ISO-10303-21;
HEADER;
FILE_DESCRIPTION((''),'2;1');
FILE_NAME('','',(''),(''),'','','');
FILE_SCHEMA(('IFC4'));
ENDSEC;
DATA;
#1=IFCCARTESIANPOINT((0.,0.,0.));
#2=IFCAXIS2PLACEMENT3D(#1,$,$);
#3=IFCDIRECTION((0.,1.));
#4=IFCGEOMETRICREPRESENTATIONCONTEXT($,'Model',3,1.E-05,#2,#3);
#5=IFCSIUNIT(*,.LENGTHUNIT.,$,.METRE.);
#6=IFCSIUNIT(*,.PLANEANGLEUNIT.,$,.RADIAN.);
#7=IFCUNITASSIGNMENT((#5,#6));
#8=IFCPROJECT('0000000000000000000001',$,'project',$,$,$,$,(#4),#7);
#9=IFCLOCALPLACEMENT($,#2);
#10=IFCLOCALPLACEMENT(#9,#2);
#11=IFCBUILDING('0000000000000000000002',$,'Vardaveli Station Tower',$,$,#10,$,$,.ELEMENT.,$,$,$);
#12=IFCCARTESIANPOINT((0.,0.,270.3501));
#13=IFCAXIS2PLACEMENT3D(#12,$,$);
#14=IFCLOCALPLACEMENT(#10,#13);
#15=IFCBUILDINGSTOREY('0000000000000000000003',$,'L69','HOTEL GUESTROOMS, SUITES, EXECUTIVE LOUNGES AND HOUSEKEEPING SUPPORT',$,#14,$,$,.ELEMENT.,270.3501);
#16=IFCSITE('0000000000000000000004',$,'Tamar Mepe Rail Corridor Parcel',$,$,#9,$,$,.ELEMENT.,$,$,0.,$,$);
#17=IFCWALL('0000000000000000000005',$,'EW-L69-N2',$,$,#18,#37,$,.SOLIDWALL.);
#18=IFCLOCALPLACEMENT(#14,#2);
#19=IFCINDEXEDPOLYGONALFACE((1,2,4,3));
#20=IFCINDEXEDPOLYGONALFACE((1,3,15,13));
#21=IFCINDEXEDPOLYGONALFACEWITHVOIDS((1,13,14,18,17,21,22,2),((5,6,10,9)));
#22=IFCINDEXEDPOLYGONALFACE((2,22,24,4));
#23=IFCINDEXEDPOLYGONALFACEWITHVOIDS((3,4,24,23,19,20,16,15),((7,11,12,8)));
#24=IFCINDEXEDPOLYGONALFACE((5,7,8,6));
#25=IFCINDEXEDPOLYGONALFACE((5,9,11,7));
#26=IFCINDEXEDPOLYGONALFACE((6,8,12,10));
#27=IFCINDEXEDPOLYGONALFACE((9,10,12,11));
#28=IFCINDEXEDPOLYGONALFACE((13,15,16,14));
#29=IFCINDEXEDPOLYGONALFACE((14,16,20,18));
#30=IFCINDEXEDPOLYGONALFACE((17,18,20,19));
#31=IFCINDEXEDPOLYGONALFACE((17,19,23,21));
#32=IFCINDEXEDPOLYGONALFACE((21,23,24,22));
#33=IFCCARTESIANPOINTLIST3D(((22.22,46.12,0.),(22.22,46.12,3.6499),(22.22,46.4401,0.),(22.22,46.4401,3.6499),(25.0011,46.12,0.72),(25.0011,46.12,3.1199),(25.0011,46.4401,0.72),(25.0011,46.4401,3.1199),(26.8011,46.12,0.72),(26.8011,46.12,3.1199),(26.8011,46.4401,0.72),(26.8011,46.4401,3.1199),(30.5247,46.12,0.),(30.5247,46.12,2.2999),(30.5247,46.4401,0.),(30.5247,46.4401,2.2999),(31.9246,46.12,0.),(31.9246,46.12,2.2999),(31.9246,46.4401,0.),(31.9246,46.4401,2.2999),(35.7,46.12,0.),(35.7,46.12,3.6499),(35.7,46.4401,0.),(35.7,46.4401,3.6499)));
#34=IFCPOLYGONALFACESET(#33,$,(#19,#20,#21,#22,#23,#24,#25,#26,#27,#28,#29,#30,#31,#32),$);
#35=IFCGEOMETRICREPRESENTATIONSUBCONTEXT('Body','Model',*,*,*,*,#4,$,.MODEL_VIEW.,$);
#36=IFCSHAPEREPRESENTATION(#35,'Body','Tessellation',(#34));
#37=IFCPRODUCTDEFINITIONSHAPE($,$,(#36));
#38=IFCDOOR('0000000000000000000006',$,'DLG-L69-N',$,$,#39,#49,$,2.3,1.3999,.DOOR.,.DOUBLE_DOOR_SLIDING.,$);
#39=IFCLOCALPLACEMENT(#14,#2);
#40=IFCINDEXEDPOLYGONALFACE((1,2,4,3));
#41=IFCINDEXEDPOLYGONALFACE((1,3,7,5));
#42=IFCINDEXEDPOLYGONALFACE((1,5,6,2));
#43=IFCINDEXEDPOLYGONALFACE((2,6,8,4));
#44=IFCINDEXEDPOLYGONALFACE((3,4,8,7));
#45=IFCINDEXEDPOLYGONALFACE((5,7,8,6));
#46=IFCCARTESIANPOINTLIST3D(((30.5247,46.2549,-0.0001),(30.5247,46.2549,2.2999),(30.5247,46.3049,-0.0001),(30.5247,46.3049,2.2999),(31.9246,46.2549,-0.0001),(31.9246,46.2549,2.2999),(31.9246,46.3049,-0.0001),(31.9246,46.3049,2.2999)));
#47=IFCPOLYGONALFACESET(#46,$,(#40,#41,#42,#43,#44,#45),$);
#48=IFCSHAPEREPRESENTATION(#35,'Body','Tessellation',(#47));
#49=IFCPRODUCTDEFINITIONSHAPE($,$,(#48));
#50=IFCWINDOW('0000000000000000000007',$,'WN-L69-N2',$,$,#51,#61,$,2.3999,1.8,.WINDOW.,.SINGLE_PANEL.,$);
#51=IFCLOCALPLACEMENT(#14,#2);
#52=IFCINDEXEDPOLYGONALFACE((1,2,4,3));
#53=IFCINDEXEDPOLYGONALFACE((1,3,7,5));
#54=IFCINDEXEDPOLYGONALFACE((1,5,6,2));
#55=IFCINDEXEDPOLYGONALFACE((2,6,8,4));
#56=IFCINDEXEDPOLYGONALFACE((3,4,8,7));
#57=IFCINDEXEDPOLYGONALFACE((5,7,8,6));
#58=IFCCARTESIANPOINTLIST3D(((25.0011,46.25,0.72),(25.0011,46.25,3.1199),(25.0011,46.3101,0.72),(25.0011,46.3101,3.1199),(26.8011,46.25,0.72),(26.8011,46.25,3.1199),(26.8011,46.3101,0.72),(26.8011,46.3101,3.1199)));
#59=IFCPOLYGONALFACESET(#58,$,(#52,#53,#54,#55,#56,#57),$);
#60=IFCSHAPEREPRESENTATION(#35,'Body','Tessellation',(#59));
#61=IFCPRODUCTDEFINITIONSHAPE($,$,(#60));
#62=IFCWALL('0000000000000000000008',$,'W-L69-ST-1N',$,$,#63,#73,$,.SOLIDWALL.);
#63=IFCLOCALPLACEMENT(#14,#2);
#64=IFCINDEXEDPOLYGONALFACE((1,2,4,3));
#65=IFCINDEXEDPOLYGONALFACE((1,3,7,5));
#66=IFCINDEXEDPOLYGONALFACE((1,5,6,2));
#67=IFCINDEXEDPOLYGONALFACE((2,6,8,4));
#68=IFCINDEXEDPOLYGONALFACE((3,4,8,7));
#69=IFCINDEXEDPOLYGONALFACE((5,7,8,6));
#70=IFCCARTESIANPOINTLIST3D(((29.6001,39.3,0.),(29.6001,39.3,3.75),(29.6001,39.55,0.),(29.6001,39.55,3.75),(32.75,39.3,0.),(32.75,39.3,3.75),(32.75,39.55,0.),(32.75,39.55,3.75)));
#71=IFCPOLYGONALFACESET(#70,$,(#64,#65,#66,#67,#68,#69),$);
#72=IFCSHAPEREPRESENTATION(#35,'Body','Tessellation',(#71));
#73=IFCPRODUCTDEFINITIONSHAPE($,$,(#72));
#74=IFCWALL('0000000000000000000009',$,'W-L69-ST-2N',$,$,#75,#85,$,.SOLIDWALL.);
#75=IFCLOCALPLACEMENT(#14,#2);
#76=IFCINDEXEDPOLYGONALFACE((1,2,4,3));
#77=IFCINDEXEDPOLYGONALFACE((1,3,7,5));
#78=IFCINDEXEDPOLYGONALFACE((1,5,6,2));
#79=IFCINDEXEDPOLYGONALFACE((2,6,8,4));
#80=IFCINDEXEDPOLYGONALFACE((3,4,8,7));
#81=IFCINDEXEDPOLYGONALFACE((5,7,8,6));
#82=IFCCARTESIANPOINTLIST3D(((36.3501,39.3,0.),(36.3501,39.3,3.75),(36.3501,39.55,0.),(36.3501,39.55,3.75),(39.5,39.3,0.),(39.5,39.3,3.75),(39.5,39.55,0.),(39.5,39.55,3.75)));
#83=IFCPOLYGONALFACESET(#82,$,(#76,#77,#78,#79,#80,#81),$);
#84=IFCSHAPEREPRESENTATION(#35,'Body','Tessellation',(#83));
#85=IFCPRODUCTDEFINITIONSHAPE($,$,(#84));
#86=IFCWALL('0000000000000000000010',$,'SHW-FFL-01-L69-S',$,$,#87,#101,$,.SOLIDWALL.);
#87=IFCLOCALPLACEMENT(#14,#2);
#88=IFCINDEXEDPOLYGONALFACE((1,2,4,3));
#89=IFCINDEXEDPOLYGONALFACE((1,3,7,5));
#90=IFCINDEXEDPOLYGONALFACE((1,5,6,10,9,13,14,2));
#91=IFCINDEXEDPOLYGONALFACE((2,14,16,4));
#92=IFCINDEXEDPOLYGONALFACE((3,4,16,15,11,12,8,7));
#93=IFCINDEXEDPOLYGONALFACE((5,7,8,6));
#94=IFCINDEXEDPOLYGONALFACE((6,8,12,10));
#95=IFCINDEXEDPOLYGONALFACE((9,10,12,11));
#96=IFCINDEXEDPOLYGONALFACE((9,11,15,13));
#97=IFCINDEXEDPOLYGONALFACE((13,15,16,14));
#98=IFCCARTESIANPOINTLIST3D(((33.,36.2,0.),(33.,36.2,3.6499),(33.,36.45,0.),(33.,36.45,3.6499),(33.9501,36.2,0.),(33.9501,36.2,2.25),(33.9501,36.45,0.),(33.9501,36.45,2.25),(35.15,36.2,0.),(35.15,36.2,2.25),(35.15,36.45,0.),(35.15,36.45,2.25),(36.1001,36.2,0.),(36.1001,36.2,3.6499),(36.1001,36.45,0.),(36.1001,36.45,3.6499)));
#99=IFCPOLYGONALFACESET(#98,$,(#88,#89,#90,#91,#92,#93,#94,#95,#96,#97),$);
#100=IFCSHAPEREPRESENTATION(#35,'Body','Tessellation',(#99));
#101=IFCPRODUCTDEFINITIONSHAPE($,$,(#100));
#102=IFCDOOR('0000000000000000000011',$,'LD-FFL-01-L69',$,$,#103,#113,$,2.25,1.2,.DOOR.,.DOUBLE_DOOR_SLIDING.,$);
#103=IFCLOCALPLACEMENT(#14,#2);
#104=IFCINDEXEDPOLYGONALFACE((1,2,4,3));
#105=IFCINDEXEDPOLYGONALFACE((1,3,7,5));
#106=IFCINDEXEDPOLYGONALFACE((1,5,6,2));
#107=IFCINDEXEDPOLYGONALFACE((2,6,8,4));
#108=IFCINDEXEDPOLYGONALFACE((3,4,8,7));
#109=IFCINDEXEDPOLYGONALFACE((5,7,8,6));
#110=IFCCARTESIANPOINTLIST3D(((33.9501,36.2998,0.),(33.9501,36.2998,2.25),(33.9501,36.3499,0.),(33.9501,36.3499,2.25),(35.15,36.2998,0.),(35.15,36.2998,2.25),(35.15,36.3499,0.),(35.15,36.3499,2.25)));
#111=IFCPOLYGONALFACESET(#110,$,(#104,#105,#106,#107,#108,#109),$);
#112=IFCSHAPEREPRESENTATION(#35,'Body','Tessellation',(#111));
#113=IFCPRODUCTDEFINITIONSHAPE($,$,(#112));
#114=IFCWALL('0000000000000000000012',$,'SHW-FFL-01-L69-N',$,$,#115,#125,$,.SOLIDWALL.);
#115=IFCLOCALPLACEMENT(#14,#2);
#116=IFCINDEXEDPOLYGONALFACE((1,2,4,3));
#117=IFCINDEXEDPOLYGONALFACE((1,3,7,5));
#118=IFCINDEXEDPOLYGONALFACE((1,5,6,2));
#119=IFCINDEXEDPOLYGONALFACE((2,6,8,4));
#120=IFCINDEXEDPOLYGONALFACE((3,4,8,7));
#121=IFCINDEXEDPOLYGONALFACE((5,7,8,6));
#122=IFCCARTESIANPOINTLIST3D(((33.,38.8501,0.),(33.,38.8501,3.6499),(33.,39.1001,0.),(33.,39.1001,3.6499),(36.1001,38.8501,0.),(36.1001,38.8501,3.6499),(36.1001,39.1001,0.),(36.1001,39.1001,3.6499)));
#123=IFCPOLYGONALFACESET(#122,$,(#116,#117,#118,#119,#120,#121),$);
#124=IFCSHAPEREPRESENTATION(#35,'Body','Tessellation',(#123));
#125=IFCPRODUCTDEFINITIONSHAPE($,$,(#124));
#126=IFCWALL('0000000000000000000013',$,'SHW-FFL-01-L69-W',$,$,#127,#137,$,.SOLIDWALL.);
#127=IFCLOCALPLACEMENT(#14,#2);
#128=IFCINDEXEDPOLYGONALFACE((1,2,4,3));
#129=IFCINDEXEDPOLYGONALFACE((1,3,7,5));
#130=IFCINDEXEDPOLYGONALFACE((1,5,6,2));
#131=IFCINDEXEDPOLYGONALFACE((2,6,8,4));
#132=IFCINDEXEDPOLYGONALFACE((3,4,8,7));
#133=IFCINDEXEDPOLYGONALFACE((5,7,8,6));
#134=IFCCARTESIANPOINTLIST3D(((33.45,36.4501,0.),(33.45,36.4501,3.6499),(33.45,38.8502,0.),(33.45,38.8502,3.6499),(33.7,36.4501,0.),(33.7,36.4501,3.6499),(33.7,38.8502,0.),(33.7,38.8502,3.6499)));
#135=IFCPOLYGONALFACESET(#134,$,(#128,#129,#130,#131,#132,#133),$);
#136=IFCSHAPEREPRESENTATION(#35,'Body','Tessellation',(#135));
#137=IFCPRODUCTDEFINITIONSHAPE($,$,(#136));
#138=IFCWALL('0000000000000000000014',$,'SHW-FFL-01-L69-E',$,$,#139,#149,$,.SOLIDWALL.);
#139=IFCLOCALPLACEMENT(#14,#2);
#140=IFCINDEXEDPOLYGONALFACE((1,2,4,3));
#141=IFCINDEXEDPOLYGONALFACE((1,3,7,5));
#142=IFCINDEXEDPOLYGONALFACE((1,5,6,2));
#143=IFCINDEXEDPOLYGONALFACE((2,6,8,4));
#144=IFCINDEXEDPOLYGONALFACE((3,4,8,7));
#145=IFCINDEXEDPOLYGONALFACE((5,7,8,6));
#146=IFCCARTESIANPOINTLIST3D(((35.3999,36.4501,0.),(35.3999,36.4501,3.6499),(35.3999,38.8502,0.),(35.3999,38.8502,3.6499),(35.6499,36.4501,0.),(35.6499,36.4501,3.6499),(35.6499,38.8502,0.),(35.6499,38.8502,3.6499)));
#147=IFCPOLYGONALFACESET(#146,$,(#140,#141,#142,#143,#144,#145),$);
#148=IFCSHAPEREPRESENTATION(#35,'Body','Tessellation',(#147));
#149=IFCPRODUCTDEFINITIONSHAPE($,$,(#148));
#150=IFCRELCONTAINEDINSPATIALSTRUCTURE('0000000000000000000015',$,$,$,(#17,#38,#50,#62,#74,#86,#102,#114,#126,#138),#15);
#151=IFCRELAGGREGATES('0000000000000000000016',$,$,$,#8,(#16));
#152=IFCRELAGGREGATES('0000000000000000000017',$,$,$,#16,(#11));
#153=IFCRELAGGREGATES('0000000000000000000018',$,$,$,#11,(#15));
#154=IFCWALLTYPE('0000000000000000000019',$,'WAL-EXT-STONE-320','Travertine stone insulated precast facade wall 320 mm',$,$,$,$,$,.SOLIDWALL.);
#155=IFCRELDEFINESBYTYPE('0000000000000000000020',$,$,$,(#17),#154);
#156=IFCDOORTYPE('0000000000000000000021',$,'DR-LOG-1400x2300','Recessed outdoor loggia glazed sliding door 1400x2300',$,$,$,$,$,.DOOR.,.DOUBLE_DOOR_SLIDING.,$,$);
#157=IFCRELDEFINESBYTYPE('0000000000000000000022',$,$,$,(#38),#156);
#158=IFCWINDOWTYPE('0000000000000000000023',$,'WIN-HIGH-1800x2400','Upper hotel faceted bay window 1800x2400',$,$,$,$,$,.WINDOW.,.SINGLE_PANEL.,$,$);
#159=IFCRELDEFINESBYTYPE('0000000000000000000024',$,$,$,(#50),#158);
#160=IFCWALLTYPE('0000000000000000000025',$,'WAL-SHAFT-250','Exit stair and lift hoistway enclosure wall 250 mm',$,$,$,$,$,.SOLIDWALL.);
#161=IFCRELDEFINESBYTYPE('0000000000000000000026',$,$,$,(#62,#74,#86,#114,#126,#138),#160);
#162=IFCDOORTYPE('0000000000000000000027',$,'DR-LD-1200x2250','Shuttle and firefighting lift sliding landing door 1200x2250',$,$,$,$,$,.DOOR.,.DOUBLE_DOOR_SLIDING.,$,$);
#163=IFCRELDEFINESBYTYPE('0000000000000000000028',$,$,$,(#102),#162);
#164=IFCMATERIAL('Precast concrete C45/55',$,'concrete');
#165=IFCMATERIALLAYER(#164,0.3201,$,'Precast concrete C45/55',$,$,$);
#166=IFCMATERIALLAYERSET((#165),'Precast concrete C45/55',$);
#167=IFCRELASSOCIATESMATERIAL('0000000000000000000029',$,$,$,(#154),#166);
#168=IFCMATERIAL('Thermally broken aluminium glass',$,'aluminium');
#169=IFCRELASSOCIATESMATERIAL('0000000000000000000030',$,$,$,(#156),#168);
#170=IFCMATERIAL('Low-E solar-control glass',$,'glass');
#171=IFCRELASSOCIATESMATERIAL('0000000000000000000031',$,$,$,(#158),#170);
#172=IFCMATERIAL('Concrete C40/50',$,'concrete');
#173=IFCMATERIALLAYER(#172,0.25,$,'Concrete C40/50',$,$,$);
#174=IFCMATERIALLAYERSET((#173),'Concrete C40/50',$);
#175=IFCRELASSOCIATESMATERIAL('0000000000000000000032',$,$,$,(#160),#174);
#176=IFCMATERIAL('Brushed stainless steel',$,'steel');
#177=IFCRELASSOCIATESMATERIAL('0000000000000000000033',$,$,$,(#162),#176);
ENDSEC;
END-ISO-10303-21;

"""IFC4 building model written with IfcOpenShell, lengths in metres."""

from ifc_helpers import new_model, si_unit, direction, frame, frame_2d, origin, place, context, subcontext, project, spatial, rectangle, extrude, source, transform, mapped, material, layer, layer_set, type_object, element, fill, save


model = new_model("IFC4")

# Units and contexts
model_context = context("Model", 3, precision=1e-05, world=origin(), true_north=direction((0.0, 1.0)))
body_context = subcontext(model_context, "Body", "Model", "MODEL_VIEW")
ifc_project = project(units=[si_unit("LENGTHUNIT", "METRE"), si_unit("PLANEANGLEUNIT", "RADIAN")], contexts=[model_context])

# Site, building, storey
site_placement = place(None, origin())
site = spatial("IfcSite", under=ifc_project, at=site_placement, Name="Tamar Mepe Rail Corridor Parcel", CompositionType="ELEMENT", RefElevation=0.0)
building_placement = place(site_placement, origin())
building = spatial("IfcBuilding", under=site, at=building_placement, Name="Vardaveli Station Tower", CompositionType="ELEMENT")
storey_placement = place(building_placement, frame((0.0, 0.0, 270.3501)))
storey = spatial("IfcBuildingStorey", under=building, at=storey_placement, Name="L69", Description="HOTEL GUESTROOMS, SUITES, EXECUTIVE LOUNGES AND HOUSEKEEPING SUPPORT", CompositionType="ELEMENT", Elevation=270.3501)

# Shared definitions
ifc_material_1 = material(Name="Precast concrete C45/55", Category="concrete")

# Wall, openings, door, window
ifc_layer_1 = layer(ifc_material_1, 0.3201, Name="Precast concrete C45/55")
ifc_layer_set_1 = layer_set([ifc_layer_1], Name="Precast concrete C45/55")
wall_type_1 = type_object("IfcWallType", Name="WAL-EXT-STONE-320", Description="Travertine stone insulated precast facade wall 320 mm", PredefinedType="SOLIDWALL", material=ifc_layer_set_1)
shared_shape_1 = source(origin(), body_context, "Body", "SweptSolid", [
    extrude(rectangle(XDim=13.48, YDim=0.3201, at=frame_2d((6.74, 0.0))), origin(), (0.0, 0.0, 1.0), 3.6499),
])
wall_1_placement = place(storey_placement, frame((35.7, 46.28, 0.0), z_axis=(0.0, 0.0, 1.0), x_axis=(-1.0, 0.0, 0.0)))
wall_1 = element("IfcWall", 1, at=wall_1_placement, inside=storey, type_object=wall_type_1, Name="EW-L69-N2", PredefinedType="SOLIDWALL", context=body_context, shape_type="MappedRepresentation", body=[
    mapped(shared_shape_1, transform((0.0, 0.0, 0.0), scale=1.0)),
])
shared_shape_2 = source(origin(), body_context, "Body", "SweptSolid", [
    extrude(rectangle(XDim=1.3999, YDim=2.3, at=frame_2d((0.7, 1.1499))), frame((0.0, 0.1699, 0.0), z_axis=(0.0, -1.0, 0.0), x_axis=(1.0, 0.0, 0.0)), (0.0, 0.0, 1.0), 0.3401),
])
opening_1_placement = place(wall_1_placement, frame((3.7754, 0.0, 0.0)))
opening_1 = element("IfcOpeningElement", 2, at=opening_1_placement, cuts=wall_1, PredefinedType="OPENING", context=body_context, shape_type="MappedRepresentation", body=[
    mapped(shared_shape_2, transform((0.0, 0.0, 0.0), scale=1.0)),
])
shared_shape_3 = source(origin(), body_context, "Body", "SweptSolid", [
    extrude(rectangle(XDim=1.8, YDim=2.3999, at=frame_2d((0.8999, 1.2))), frame((0.0, 0.1699, 0.0), z_axis=(0.0, -1.0, 0.0), x_axis=(1.0, 0.0, 0.0)), (0.0, 0.0, 1.0), 0.3401),
])
opening_2_placement = place(wall_1_placement, frame((8.8989, 0.0, 0.72)))
opening_2 = element("IfcOpeningElement", 3, at=opening_2_placement, cuts=wall_1, PredefinedType="OPENING", context=body_context, shape_type="MappedRepresentation", body=[
    mapped(shared_shape_3, transform((0.0, 0.0, 0.0), scale=1.0)),
])
ifc_material_2 = material(Name="Thermally broken aluminium glass", Category="aluminium")
door_type_1 = type_object("IfcDoorType", Name="DR-LOG-1400x2300", Description="Recessed outdoor loggia glazed sliding door 1400x2300", OperationType="DOUBLE_DOOR_SLIDING", PredefinedType="DOOR", material=ifc_material_2)
shared_shape_4 = source(origin(), body_context, "Body", "SweptSolid", [
    extrude(rectangle(XDim=1.3999, YDim=2.3, at=frame_2d((0.7, 1.1499))), frame((0.0, 0.0249, 0.0), z_axis=(0.0, -1.0, 0.0), x_axis=(1.0, 0.0, 0.0)), (0.0, 0.0, 1.0), 0.05),
])
door_1_placement = place(opening_1_placement, frame((1.3999, 0.0, 0.0), z_axis=(0.0, 0.0, 1.0), x_axis=(-1.0, 0.0, 0.0)))
door_1 = element("IfcDoor", 4, at=door_1_placement, inside=storey, type_object=door_type_1, Name="DLG-L69-N", OperationType="DOUBLE_DOOR_SLIDING", OverallHeight=2.3, OverallWidth=1.3999, PredefinedType="DOOR", context=body_context, shape_type="MappedRepresentation", body=[
    mapped(shared_shape_4, transform((0.0, 0.0, 0.0), scale=1.0)),
])
fill(opening_1, door_1)
ifc_material_3 = material(Name="Low-E solar-control glass", Category="glass")
window_type = type_object("IfcWindowType", Name="WIN-HIGH-1800x2400", Description="Upper hotel faceted bay window 1800x2400", PartitioningType="SINGLE_PANEL", PredefinedType="WINDOW", material=ifc_material_3)
shared_shape_5 = source(origin(), body_context, "Body", "SweptSolid", [
    extrude(rectangle(XDim=1.8, YDim=2.3999, at=frame_2d((0.8999, 1.2))), frame((0.0, 0.03, 0.0), z_axis=(0.0, -1.0, 0.0), x_axis=(1.0, 0.0, 0.0)), (0.0, 0.0, 1.0), 0.0601),
])
window_placement = place(opening_2_placement, origin())
window = element("IfcWindow", 5, at=window_placement, inside=storey, type_object=window_type, Name="WN-L69-N2", OverallHeight=2.3999, OverallWidth=1.8, PartitioningType="SINGLE_PANEL", PredefinedType="WINDOW", context=body_context, shape_type="MappedRepresentation", body=[
    mapped(shared_shape_5, transform((0.0, 0.0, 0.0), scale=1.0)),
])
fill(opening_2, window)

# Walls
ifc_material_4 = material(Name="Concrete C40/50", Category="concrete")
ifc_layer_2 = layer(ifc_material_4, 0.25, Name="Concrete C40/50")
ifc_layer_set_2 = layer_set([ifc_layer_2], Name="Concrete C40/50")
wall_type_2 = type_object("IfcWallType", Name="WAL-SHAFT-250", Description="Exit stair and lift hoistway enclosure wall 250 mm", PredefinedType="SOLIDWALL", material=ifc_layer_set_2)
shared_shape_6 = source(origin(), body_context, "Body", "SweptSolid", [
    extrude(rectangle(XDim=3.1499, YDim=0.25, at=frame_2d((1.575, 0.0))), origin(), (0.0, 0.0, 1.0), 3.75),
])
for number, where, z_axis, x_axis, name in (
    (6, (29.6001, 39.425, 0.0), (0.0, 0.0, 1.0), (1.0, 0.0, 0.0), "W-L69-ST-1N"),
    (7, (36.3501, 39.425, 0.0), (0.0, 0.0, 1.0), (1.0, 0.0, 0.0), "W-L69-ST-2N"),
):
    element("IfcWall", number, at=place(storey_placement, frame(where, z_axis=z_axis, x_axis=x_axis)), inside=storey, type_object=wall_type_2, Name=name, PredefinedType="SOLIDWALL", context=body_context, shape_type="MappedRepresentation", body=[
        mapped(shared_shape_6, transform((0.0, 0.0, 0.0), scale=1.0)),
    ])

# Wall, opening, door
shared_shape_7 = source(origin(), body_context, "Body", "SweptSolid", [
    extrude(rectangle(XDim=3.1001, YDim=0.25, at=frame_2d((1.55, 0.0))), origin(), (0.0, 0.0, 1.0), 3.6499),
])
wall_2_placement = place(storey_placement, frame((33.0, 36.325, 0.0), z_axis=(0.0, 0.0, 1.0), x_axis=(1.0, 0.0, 0.0)))
wall_2 = element("IfcWall", 8, at=wall_2_placement, inside=storey, type_object=wall_type_2, Name="SHW-FFL-01-L69-S", PredefinedType="SOLIDWALL", context=body_context, shape_type="MappedRepresentation", body=[
    mapped(shared_shape_7, transform((0.0, 0.0, 0.0), scale=1.0)),
])
shared_shape_8 = source(origin(), body_context, "Body", "SweptSolid", [
    extrude(rectangle(XDim=1.2, YDim=2.25, at=frame_2d((0.6001, 1.125))), frame((0.0, 0.135, 0.0), z_axis=(0.0, -1.0, 0.0), x_axis=(1.0, 0.0, 0.0)), (0.0, 0.0, 1.0), 0.27),
])
opening_3_placement = place(wall_2_placement, frame((0.95, 0.0, 0.0)))
opening_3 = element("IfcOpeningElement", 9, at=opening_3_placement, cuts=wall_2, PredefinedType="OPENING", context=body_context, shape_type="MappedRepresentation", body=[
    mapped(shared_shape_8, transform((0.0, 0.0, 0.0), scale=1.0)),
])
ifc_material_5 = material(Name="Brushed stainless steel", Category="steel")
door_type_2 = type_object("IfcDoorType", Name="DR-LD-1200x2250", Description="Shuttle and firefighting lift sliding landing door 1200x2250", OperationType="DOUBLE_DOOR_SLIDING", PredefinedType="DOOR", material=ifc_material_5)
shared_shape_9 = source(origin(), body_context, "Body", "SweptSolid", [
    extrude(rectangle(XDim=1.2, YDim=2.25, at=frame_2d((0.6001, 1.125))), frame((0.0, 0.0249, 0.0), z_axis=(0.0, -1.0, 0.0), x_axis=(1.0, 0.0, 0.0)), (0.0, 0.0, 1.0), 0.05),
])
door_2_placement = place(opening_3_placement, origin())
door_2 = element("IfcDoor", 10, at=door_2_placement, inside=storey, type_object=door_type_2, Name="LD-FFL-01-L69", OperationType="DOUBLE_DOOR_SLIDING", OverallHeight=2.25, OverallWidth=1.2, PredefinedType="DOOR", context=body_context, shape_type="MappedRepresentation", body=[
    mapped(shared_shape_9, transform((0.0, 0.0, 0.0), scale=1.0)),
])
fill(opening_3, door_2)

# Walls
wall_3_placement = place(storey_placement, frame((33.0, 38.9751, 0.0), z_axis=(0.0, 0.0, 1.0), x_axis=(1.0, 0.0, 0.0)))
element("IfcWall", 11, at=wall_3_placement, inside=storey, type_object=wall_type_2, Name="SHW-FFL-01-L69-N", PredefinedType="SOLIDWALL", context=body_context, shape_type="MappedRepresentation", body=[
    mapped(shared_shape_7, transform((0.0, 0.0, 0.0), scale=1.0)),
])
shared_shape_10 = source(origin(), body_context, "Body", "SweptSolid", [
    extrude(rectangle(XDim=2.4001, YDim=0.25, at=frame_2d((1.2002, 0.0))), origin(), (0.0, 0.0, 1.0), 3.6499),
])
for number, where, z_axis, x_axis, name in (
    (12, (33.575, 36.45, 0.0), (0.0, 0.0, 1.0), (0.0, 1.0, 0.0), "SHW-FFL-01-L69-W"),
    (13, (35.5249, 36.45, 0.0), (0.0, 0.0, 1.0), (0.0, 1.0, 0.0), "SHW-FFL-01-L69-E"),
):
    element("IfcWall", number, at=place(storey_placement, frame(where, z_axis=z_axis, x_axis=x_axis)), inside=storey, type_object=wall_type_2, Name=name, PredefinedType="SOLIDWALL", context=body_context, shape_type="MappedRepresentation", body=[
        mapped(shared_shape_10, transform((0.0, 0.0, 0.0), scale=1.0)),
    ])

save(model, "model.ifc")
